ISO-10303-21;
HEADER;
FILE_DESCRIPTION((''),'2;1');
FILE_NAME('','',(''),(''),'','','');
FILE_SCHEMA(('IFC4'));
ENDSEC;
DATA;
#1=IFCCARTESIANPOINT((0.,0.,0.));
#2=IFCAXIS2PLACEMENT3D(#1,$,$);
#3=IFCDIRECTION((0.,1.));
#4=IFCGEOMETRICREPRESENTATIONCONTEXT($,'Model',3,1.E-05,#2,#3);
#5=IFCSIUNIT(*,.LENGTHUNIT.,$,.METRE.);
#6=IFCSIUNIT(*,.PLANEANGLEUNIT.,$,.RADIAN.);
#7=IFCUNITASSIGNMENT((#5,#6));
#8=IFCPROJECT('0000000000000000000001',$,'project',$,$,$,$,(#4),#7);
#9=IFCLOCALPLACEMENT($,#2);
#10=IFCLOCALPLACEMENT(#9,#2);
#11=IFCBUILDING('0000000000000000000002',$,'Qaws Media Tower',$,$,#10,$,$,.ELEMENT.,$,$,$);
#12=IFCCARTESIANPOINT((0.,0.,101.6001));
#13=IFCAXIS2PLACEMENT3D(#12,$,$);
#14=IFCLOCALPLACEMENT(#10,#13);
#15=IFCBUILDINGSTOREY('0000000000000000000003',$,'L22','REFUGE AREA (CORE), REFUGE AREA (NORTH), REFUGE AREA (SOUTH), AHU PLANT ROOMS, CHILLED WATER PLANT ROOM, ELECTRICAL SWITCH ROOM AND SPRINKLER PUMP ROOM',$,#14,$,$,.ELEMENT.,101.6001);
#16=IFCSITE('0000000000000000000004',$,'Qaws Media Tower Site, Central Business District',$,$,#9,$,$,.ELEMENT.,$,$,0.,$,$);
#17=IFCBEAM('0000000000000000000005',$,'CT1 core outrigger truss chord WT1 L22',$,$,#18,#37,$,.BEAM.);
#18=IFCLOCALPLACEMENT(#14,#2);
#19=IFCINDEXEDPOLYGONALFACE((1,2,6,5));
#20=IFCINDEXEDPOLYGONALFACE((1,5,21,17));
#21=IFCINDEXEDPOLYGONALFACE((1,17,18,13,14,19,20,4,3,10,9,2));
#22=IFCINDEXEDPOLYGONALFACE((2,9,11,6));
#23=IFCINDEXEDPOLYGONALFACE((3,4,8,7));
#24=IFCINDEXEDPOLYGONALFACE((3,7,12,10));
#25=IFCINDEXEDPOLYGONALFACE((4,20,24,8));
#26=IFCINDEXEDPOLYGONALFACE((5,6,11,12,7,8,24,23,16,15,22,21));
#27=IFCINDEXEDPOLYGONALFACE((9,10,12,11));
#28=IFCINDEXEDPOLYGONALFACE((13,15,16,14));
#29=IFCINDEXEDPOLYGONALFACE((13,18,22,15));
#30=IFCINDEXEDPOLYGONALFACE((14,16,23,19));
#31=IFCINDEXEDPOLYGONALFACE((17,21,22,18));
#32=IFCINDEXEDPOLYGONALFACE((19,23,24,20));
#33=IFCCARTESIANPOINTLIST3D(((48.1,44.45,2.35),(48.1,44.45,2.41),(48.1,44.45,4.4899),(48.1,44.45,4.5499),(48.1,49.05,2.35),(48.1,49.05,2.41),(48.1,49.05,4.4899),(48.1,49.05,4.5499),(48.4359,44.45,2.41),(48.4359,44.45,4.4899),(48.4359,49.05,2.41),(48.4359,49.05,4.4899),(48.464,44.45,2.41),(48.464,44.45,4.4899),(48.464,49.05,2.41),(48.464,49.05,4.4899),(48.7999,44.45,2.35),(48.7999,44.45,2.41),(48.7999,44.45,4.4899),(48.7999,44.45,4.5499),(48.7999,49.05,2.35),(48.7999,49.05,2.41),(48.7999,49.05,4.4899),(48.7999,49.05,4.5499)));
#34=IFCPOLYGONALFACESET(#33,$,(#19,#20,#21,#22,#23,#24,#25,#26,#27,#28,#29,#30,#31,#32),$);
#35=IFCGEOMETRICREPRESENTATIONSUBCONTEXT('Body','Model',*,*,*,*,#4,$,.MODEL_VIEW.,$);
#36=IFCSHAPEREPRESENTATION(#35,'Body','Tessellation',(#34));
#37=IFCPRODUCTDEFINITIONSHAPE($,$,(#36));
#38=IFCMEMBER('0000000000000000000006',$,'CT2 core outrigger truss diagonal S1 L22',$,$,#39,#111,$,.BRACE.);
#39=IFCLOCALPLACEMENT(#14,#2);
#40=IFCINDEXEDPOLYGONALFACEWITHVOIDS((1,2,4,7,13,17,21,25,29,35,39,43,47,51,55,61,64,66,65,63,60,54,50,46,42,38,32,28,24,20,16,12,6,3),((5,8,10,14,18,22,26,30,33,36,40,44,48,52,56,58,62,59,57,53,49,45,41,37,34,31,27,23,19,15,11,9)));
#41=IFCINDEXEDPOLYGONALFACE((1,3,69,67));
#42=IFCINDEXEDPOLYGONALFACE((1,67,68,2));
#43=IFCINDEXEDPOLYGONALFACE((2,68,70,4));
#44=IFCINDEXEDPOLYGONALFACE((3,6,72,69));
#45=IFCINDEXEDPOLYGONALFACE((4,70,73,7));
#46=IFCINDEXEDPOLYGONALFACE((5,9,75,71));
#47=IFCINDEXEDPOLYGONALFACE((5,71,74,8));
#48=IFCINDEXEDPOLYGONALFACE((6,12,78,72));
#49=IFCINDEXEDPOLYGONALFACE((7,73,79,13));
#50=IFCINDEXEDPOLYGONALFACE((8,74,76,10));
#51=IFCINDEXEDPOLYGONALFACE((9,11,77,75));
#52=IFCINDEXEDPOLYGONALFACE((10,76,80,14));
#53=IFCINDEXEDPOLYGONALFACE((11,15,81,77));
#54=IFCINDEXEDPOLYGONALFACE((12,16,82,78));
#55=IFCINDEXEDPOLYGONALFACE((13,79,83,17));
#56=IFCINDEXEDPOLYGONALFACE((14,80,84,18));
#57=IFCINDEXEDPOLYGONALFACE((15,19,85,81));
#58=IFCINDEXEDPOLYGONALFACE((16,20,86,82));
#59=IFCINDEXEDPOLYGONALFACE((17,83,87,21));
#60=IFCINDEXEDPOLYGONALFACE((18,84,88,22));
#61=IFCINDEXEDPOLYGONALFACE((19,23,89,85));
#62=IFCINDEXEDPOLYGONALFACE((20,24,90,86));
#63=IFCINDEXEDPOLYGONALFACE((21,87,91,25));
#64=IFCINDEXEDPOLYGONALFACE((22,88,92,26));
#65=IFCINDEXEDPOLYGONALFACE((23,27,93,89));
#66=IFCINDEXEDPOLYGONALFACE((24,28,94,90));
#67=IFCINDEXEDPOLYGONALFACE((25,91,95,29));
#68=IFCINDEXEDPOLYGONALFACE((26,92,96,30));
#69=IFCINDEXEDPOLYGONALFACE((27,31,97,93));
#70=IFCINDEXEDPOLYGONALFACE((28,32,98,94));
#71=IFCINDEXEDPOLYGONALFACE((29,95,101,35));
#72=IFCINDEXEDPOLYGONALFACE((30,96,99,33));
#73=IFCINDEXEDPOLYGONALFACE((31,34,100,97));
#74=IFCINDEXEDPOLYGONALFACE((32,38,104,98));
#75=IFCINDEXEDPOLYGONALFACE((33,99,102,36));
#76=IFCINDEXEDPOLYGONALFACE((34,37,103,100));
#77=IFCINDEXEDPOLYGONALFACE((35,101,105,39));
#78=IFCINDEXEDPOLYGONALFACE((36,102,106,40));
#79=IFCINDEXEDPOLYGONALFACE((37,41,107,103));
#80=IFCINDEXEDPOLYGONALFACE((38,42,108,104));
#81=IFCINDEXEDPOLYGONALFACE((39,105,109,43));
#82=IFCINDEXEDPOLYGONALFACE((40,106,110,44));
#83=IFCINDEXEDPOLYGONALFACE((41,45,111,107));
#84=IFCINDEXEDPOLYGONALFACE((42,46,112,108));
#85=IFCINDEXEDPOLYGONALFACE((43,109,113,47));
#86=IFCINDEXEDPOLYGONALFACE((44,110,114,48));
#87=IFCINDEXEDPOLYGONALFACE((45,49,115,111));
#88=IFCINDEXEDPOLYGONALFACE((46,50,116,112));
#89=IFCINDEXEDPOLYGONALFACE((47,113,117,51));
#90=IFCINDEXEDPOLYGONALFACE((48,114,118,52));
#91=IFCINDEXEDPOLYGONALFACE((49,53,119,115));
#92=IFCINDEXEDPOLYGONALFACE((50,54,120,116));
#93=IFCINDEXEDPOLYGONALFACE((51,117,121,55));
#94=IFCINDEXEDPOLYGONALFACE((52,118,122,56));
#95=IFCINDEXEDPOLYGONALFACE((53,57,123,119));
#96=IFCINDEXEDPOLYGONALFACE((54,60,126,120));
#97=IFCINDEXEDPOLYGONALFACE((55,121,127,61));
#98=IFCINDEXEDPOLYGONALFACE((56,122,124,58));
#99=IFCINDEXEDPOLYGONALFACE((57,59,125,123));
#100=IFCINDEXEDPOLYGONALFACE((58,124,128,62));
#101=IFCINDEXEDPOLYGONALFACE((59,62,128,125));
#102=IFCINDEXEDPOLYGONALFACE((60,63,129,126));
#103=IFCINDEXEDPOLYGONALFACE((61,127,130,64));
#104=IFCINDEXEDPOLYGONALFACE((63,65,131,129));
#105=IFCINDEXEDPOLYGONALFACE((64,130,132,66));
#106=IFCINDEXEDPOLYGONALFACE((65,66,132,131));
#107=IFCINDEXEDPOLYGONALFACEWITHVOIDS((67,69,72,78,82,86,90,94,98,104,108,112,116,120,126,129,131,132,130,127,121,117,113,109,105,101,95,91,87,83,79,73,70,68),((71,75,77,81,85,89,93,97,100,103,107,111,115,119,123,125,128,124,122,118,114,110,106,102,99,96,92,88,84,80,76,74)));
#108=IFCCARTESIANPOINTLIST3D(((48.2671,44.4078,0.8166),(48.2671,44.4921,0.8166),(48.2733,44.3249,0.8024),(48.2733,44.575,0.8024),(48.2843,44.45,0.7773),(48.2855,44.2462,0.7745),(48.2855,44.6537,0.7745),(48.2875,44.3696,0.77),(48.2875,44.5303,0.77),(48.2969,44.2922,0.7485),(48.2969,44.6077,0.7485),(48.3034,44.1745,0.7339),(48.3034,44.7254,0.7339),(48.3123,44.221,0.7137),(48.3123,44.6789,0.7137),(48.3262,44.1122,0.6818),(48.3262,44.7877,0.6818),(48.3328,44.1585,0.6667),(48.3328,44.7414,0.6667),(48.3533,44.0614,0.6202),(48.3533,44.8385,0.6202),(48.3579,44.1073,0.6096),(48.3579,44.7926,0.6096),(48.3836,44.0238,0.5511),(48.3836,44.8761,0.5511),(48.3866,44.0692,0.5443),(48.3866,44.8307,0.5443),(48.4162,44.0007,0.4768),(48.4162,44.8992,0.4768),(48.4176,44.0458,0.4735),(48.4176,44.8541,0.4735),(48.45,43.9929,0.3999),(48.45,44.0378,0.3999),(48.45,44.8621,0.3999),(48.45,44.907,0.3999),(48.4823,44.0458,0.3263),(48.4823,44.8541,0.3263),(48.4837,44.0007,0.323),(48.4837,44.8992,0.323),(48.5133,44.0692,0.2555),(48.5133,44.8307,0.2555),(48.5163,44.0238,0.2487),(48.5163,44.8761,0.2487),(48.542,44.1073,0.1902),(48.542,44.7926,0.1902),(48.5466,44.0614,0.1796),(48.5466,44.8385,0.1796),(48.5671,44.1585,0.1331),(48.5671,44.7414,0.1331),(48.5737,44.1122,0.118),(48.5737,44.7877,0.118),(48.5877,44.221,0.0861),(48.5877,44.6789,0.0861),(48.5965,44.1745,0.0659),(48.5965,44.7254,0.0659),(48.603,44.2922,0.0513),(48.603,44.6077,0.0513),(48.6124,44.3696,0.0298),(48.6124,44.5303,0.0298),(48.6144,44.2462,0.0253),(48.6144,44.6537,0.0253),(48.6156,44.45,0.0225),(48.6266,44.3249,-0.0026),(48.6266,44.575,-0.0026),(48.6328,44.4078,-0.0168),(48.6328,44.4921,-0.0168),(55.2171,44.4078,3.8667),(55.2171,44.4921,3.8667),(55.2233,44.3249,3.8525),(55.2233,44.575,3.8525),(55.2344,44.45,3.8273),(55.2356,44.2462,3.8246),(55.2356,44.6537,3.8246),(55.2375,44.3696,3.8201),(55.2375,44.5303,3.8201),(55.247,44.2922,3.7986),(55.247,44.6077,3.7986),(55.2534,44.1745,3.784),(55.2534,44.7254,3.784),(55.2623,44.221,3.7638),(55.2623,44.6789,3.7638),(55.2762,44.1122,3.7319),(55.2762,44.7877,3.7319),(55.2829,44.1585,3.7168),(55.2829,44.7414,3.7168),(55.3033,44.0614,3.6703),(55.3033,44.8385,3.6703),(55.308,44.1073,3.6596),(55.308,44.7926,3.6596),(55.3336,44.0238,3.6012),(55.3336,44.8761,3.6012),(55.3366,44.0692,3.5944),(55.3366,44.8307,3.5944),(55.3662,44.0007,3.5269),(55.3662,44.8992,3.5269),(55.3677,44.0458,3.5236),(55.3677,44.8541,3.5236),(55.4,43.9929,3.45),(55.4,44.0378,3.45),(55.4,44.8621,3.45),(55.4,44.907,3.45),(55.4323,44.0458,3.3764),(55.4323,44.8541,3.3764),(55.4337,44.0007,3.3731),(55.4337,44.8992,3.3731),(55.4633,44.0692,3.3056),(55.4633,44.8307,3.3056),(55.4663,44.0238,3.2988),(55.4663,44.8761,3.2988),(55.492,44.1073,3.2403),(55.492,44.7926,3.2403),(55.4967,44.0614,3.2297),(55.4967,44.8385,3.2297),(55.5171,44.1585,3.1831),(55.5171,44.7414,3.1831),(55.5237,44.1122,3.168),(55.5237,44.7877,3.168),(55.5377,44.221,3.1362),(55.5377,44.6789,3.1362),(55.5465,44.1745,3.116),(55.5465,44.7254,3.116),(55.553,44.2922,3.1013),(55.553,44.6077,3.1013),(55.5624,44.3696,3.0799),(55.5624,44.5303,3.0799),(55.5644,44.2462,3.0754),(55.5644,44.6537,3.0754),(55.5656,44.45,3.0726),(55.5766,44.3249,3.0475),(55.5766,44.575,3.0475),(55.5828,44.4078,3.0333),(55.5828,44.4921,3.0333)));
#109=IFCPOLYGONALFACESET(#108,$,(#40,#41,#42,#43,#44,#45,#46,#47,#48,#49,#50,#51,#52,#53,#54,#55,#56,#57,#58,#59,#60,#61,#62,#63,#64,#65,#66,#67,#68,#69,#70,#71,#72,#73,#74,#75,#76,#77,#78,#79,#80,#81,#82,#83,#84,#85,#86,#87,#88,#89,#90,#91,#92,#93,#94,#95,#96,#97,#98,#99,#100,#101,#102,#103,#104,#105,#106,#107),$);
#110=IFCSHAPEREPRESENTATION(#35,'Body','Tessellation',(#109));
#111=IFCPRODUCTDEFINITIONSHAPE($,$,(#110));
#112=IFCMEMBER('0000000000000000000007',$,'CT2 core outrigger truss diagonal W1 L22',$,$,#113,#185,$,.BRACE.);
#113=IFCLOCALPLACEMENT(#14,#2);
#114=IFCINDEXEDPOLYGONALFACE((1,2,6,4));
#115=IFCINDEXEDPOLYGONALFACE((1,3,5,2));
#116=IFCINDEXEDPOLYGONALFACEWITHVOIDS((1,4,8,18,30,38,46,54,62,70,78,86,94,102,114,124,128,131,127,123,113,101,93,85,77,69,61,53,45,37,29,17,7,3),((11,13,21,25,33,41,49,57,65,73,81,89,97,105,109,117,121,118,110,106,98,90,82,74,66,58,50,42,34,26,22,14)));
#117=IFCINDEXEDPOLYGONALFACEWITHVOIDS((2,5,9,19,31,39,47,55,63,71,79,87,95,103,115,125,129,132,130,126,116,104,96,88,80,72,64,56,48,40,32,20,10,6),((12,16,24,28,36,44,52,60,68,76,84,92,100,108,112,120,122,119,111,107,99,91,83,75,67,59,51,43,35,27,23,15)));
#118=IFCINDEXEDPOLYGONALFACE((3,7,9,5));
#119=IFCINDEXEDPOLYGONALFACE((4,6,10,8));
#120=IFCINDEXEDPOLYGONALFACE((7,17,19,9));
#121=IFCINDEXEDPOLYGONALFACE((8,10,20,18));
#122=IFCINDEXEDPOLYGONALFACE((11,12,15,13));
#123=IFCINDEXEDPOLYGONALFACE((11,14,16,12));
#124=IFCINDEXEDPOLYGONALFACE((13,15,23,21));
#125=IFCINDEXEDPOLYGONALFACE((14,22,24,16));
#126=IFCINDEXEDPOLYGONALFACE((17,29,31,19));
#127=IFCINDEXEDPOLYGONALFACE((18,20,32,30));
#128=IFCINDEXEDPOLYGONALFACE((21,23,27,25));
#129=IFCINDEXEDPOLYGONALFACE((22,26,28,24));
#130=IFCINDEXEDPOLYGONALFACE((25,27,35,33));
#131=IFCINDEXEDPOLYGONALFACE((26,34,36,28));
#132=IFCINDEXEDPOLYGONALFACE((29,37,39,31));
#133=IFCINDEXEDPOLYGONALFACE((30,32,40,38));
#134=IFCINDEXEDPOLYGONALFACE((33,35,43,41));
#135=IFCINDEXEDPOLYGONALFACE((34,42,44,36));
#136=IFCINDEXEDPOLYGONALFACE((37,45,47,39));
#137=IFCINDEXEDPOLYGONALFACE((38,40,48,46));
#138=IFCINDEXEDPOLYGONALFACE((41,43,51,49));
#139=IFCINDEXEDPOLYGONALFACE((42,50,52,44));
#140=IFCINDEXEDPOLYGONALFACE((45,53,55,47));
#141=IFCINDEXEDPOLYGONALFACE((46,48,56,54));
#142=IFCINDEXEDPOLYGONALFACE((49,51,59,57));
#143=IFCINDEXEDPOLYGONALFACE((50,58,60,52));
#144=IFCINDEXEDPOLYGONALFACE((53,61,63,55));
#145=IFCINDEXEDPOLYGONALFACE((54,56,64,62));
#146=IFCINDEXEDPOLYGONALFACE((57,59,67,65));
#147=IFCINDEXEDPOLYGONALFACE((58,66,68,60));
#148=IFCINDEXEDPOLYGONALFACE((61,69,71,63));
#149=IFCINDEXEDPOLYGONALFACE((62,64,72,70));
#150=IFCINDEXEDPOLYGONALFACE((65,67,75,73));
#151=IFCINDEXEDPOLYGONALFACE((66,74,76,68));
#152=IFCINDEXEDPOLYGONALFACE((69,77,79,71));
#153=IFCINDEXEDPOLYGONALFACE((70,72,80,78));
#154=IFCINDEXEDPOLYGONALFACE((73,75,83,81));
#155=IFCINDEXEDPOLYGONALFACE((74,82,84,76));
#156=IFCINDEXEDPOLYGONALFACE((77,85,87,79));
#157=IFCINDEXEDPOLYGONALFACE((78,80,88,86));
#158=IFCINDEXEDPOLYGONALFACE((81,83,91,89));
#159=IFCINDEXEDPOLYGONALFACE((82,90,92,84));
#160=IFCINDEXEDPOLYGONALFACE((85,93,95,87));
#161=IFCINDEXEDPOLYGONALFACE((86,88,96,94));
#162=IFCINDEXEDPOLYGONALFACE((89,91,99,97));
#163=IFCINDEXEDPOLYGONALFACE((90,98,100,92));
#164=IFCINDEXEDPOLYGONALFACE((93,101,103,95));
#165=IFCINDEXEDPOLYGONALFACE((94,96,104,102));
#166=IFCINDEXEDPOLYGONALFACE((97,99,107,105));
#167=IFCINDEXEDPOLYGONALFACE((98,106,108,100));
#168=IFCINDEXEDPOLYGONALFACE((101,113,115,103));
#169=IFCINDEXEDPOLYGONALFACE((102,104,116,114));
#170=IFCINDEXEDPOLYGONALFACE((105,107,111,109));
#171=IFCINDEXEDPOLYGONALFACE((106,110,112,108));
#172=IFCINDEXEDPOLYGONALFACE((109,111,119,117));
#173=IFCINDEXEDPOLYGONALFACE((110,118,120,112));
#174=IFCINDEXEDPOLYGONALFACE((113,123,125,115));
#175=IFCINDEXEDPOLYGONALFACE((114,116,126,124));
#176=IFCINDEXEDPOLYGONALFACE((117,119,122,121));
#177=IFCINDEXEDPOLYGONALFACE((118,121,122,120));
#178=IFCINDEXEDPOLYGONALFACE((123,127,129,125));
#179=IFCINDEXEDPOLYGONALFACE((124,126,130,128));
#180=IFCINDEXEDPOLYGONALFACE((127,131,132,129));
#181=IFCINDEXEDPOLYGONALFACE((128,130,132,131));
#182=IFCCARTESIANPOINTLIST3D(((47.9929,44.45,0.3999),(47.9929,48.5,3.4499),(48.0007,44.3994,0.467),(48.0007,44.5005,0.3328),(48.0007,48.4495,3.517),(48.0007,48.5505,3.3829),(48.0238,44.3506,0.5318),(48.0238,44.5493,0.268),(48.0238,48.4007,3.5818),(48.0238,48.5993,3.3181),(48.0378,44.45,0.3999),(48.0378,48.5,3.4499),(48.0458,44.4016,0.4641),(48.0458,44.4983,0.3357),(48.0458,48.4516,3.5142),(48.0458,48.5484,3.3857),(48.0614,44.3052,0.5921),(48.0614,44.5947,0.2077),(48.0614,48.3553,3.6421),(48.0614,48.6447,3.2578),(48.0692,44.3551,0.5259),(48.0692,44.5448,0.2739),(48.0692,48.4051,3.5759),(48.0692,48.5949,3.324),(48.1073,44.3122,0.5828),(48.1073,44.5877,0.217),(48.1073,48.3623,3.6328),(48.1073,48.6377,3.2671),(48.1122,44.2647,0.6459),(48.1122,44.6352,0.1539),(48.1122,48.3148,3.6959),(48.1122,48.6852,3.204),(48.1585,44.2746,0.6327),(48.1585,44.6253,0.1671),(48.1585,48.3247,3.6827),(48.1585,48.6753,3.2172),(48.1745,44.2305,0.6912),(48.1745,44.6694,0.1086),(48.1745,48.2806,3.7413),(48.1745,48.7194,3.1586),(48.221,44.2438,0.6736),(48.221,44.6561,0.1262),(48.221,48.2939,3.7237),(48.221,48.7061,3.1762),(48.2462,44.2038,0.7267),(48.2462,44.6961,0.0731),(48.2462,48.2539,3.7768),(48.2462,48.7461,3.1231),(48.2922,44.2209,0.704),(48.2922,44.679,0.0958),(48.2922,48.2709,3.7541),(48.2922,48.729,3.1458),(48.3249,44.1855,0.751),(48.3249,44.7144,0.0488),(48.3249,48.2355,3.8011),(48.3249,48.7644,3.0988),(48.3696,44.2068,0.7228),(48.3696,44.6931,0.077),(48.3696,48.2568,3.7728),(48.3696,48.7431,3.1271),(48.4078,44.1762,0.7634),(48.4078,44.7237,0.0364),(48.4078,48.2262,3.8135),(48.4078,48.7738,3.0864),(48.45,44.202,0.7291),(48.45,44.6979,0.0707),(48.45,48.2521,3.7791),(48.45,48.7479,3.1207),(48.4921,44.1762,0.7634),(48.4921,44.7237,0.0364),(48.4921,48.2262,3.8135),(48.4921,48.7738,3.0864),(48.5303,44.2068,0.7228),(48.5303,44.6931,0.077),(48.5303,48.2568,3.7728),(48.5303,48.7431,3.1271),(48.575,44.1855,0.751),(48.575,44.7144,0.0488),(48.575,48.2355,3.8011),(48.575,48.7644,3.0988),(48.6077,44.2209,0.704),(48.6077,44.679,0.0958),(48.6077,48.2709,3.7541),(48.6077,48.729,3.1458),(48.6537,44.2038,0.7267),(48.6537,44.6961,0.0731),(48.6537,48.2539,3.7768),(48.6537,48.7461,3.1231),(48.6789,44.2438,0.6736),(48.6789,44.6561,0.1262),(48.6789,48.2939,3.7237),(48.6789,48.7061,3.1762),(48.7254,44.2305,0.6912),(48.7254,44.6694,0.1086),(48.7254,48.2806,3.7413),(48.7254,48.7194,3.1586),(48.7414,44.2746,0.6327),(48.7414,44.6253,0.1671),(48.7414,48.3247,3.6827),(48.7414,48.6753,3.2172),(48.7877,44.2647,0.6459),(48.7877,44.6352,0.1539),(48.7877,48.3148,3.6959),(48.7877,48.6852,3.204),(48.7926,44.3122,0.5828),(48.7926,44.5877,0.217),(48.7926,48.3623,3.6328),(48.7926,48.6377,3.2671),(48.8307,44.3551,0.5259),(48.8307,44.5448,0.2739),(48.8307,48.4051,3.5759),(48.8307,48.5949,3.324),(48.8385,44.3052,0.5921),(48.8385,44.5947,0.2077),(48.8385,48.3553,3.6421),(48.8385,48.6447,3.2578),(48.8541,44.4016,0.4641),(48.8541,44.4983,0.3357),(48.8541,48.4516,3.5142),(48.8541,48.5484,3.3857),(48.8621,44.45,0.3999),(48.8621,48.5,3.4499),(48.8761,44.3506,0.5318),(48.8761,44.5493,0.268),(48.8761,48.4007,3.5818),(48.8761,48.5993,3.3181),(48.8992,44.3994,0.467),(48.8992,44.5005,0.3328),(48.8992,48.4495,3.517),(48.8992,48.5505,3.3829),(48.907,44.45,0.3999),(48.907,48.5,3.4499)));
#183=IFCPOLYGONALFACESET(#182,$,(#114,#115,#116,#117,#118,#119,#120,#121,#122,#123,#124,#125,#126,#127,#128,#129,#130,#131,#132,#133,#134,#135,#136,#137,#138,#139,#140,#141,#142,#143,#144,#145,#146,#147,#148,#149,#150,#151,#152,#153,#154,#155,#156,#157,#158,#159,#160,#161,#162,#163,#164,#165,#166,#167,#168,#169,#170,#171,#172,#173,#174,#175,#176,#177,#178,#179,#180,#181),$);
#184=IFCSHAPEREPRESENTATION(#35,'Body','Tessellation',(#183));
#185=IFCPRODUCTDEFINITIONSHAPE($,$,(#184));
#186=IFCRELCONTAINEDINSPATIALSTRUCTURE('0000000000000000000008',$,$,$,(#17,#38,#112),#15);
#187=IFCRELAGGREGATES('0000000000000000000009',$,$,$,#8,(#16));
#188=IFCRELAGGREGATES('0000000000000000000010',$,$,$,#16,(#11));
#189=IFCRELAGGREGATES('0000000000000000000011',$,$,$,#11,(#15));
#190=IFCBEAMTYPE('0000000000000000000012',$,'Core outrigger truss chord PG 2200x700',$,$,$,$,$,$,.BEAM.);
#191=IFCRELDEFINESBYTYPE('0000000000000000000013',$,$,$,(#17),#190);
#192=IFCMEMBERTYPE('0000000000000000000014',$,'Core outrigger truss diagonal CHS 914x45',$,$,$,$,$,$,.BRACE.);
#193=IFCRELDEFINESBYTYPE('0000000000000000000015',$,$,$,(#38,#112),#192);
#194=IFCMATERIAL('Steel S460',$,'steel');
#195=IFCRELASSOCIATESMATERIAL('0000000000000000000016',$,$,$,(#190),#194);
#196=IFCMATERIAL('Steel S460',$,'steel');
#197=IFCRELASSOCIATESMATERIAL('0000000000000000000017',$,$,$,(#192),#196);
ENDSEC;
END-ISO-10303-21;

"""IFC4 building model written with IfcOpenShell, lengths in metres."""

from ifc_helpers import new_model, si_unit, direction, frame, origin, origin_2d, place, context, subcontext, project, spatial, hollow_circle, i_section, extrude, material, material_profile, profile_set, type_object, element, save


model = new_model("IFC4")

# Units and contexts
model_context = context("Model", 3, precision=1e-05, world=origin(), true_north=direction((0.0, 1.0)))
body_context = subcontext(model_context, "Body", "Model", "MODEL_VIEW")
ifc_project = project(units=[si_unit("LENGTHUNIT", "METRE"), si_unit("PLANEANGLEUNIT", "RADIAN")], contexts=[model_context])

# Site, building, storey
site_placement = place(None, origin())
site = spatial("IfcSite", under=ifc_project, at=site_placement, Name="Qaws Media Tower Site, Central Business District", CompositionType="ELEMENT", RefElevation=0.0)
building_placement = place(site_placement, origin())
building = spatial("IfcBuilding", under=site, at=building_placement, Name="Qaws Media Tower", CompositionType="ELEMENT")
storey_placement = place(building_placement, frame((0.0, 0.0, 101.6001)))
storey = spatial("IfcBuildingStorey", under=building, at=storey_placement, Name="L22", Description="REFUGE AREA (CORE), REFUGE AREA (NORTH), REFUGE AREA (SOUTH), AHU PLANT ROOMS, CHILLED WATER PLANT ROOM, ELECTRICAL SWITCH ROOM AND SPRINKLER PUMP ROOM", CompositionType="ELEMENT", Elevation=101.6001)

# Beam
ifc_material_1 = material(Name="Steel S460", Category="steel")
ifc_material_profile_1 = material_profile(ifc_material_1, i_section(OverallWidth=0.7, OverallDepth=2.2, WebThickness=0.0281, FlangeThickness=0.0601, at=origin_2d()), Name="PG 2200x700")
ifc_profile_set_1 = profile_set([ifc_material_profile_1], Name="Steel S460")
beam_type_1 = type_object("IfcBeamType", Name="Core outrigger truss chord PG 2200x700", PredefinedType="BEAM", material=ifc_profile_set_1)
for number, where, z_axis, x_axis, name in (
    (1, (48.45, 44.45, 3.45), (0.0, 1.0, 0.0), (-1.0, 0.0, 0.0), "CT1 core outrigger truss chord WT1 L22"),
):
    element("IfcBeam", number, at=place(storey_placement, frame(where, z_axis=z_axis, x_axis=x_axis)), inside=storey, type_object=beam_type_1, Name=name, PredefinedType="BEAM", context=body_context, shape_type="SweptSolid", body=[
        extrude(i_section(OverallWidth=0.7, OverallDepth=2.2, WebThickness=0.0281, FlangeThickness=0.0601, at=origin_2d()), origin(), (0.0, 0.0, 1.0), 4.6001),
    ])

# Members
ifc_material_2 = material(Name="Steel S460", Category="steel")
ifc_material_profile_2 = material_profile(ifc_material_2, hollow_circle(Radius=0.457, WallThickness=0.0449, at=origin_2d()), Name="CHS 914x45")
ifc_profile_set_2 = profile_set([ifc_material_profile_2], Name="Steel S460")
member_type_1 = type_object("IfcMemberType", Name="Core outrigger truss diagonal CHS 914x45", PredefinedType="BRACE", material=ifc_profile_set_2)
member_1_placement = place(storey_placement, frame((48.45, 44.45, 0.3999), z_axis=(0.9157, 0.0, 0.401863), x_axis=(0.0, 1.0, 0.0)))
element("IfcMember", 2, at=member_1_placement, inside=storey, type_object=member_type_1, Name="CT2 core outrigger truss diagonal S1 L22", PredefinedType="BRACE", context=body_context, shape_type="SweptSolid", body=[
    extrude(hollow_circle(Radius=0.457, WallThickness=0.0449, at=origin_2d()), origin(), (0.0, 0.0, 1.0), 7.5898),
])
member_2_placement = place(storey_placement, frame((48.45, 44.45, 0.3999), z_axis=(0.0, 0.798814, 0.601578), x_axis=(-1.0, 0.0, 0.0)))
element("IfcMember", 3, at=member_2_placement, inside=storey, type_object=member_type_1, Name="CT2 core outrigger truss diagonal W1 L22", PredefinedType="BRACE", context=body_context, shape_type="SweptSolid", body=[
    extrude(hollow_circle(Radius=0.457, WallThickness=0.0449, at=origin_2d()), origin(), (0.0, 0.0, 1.0), 5.0701),
])

save(model, "model.ifc")
